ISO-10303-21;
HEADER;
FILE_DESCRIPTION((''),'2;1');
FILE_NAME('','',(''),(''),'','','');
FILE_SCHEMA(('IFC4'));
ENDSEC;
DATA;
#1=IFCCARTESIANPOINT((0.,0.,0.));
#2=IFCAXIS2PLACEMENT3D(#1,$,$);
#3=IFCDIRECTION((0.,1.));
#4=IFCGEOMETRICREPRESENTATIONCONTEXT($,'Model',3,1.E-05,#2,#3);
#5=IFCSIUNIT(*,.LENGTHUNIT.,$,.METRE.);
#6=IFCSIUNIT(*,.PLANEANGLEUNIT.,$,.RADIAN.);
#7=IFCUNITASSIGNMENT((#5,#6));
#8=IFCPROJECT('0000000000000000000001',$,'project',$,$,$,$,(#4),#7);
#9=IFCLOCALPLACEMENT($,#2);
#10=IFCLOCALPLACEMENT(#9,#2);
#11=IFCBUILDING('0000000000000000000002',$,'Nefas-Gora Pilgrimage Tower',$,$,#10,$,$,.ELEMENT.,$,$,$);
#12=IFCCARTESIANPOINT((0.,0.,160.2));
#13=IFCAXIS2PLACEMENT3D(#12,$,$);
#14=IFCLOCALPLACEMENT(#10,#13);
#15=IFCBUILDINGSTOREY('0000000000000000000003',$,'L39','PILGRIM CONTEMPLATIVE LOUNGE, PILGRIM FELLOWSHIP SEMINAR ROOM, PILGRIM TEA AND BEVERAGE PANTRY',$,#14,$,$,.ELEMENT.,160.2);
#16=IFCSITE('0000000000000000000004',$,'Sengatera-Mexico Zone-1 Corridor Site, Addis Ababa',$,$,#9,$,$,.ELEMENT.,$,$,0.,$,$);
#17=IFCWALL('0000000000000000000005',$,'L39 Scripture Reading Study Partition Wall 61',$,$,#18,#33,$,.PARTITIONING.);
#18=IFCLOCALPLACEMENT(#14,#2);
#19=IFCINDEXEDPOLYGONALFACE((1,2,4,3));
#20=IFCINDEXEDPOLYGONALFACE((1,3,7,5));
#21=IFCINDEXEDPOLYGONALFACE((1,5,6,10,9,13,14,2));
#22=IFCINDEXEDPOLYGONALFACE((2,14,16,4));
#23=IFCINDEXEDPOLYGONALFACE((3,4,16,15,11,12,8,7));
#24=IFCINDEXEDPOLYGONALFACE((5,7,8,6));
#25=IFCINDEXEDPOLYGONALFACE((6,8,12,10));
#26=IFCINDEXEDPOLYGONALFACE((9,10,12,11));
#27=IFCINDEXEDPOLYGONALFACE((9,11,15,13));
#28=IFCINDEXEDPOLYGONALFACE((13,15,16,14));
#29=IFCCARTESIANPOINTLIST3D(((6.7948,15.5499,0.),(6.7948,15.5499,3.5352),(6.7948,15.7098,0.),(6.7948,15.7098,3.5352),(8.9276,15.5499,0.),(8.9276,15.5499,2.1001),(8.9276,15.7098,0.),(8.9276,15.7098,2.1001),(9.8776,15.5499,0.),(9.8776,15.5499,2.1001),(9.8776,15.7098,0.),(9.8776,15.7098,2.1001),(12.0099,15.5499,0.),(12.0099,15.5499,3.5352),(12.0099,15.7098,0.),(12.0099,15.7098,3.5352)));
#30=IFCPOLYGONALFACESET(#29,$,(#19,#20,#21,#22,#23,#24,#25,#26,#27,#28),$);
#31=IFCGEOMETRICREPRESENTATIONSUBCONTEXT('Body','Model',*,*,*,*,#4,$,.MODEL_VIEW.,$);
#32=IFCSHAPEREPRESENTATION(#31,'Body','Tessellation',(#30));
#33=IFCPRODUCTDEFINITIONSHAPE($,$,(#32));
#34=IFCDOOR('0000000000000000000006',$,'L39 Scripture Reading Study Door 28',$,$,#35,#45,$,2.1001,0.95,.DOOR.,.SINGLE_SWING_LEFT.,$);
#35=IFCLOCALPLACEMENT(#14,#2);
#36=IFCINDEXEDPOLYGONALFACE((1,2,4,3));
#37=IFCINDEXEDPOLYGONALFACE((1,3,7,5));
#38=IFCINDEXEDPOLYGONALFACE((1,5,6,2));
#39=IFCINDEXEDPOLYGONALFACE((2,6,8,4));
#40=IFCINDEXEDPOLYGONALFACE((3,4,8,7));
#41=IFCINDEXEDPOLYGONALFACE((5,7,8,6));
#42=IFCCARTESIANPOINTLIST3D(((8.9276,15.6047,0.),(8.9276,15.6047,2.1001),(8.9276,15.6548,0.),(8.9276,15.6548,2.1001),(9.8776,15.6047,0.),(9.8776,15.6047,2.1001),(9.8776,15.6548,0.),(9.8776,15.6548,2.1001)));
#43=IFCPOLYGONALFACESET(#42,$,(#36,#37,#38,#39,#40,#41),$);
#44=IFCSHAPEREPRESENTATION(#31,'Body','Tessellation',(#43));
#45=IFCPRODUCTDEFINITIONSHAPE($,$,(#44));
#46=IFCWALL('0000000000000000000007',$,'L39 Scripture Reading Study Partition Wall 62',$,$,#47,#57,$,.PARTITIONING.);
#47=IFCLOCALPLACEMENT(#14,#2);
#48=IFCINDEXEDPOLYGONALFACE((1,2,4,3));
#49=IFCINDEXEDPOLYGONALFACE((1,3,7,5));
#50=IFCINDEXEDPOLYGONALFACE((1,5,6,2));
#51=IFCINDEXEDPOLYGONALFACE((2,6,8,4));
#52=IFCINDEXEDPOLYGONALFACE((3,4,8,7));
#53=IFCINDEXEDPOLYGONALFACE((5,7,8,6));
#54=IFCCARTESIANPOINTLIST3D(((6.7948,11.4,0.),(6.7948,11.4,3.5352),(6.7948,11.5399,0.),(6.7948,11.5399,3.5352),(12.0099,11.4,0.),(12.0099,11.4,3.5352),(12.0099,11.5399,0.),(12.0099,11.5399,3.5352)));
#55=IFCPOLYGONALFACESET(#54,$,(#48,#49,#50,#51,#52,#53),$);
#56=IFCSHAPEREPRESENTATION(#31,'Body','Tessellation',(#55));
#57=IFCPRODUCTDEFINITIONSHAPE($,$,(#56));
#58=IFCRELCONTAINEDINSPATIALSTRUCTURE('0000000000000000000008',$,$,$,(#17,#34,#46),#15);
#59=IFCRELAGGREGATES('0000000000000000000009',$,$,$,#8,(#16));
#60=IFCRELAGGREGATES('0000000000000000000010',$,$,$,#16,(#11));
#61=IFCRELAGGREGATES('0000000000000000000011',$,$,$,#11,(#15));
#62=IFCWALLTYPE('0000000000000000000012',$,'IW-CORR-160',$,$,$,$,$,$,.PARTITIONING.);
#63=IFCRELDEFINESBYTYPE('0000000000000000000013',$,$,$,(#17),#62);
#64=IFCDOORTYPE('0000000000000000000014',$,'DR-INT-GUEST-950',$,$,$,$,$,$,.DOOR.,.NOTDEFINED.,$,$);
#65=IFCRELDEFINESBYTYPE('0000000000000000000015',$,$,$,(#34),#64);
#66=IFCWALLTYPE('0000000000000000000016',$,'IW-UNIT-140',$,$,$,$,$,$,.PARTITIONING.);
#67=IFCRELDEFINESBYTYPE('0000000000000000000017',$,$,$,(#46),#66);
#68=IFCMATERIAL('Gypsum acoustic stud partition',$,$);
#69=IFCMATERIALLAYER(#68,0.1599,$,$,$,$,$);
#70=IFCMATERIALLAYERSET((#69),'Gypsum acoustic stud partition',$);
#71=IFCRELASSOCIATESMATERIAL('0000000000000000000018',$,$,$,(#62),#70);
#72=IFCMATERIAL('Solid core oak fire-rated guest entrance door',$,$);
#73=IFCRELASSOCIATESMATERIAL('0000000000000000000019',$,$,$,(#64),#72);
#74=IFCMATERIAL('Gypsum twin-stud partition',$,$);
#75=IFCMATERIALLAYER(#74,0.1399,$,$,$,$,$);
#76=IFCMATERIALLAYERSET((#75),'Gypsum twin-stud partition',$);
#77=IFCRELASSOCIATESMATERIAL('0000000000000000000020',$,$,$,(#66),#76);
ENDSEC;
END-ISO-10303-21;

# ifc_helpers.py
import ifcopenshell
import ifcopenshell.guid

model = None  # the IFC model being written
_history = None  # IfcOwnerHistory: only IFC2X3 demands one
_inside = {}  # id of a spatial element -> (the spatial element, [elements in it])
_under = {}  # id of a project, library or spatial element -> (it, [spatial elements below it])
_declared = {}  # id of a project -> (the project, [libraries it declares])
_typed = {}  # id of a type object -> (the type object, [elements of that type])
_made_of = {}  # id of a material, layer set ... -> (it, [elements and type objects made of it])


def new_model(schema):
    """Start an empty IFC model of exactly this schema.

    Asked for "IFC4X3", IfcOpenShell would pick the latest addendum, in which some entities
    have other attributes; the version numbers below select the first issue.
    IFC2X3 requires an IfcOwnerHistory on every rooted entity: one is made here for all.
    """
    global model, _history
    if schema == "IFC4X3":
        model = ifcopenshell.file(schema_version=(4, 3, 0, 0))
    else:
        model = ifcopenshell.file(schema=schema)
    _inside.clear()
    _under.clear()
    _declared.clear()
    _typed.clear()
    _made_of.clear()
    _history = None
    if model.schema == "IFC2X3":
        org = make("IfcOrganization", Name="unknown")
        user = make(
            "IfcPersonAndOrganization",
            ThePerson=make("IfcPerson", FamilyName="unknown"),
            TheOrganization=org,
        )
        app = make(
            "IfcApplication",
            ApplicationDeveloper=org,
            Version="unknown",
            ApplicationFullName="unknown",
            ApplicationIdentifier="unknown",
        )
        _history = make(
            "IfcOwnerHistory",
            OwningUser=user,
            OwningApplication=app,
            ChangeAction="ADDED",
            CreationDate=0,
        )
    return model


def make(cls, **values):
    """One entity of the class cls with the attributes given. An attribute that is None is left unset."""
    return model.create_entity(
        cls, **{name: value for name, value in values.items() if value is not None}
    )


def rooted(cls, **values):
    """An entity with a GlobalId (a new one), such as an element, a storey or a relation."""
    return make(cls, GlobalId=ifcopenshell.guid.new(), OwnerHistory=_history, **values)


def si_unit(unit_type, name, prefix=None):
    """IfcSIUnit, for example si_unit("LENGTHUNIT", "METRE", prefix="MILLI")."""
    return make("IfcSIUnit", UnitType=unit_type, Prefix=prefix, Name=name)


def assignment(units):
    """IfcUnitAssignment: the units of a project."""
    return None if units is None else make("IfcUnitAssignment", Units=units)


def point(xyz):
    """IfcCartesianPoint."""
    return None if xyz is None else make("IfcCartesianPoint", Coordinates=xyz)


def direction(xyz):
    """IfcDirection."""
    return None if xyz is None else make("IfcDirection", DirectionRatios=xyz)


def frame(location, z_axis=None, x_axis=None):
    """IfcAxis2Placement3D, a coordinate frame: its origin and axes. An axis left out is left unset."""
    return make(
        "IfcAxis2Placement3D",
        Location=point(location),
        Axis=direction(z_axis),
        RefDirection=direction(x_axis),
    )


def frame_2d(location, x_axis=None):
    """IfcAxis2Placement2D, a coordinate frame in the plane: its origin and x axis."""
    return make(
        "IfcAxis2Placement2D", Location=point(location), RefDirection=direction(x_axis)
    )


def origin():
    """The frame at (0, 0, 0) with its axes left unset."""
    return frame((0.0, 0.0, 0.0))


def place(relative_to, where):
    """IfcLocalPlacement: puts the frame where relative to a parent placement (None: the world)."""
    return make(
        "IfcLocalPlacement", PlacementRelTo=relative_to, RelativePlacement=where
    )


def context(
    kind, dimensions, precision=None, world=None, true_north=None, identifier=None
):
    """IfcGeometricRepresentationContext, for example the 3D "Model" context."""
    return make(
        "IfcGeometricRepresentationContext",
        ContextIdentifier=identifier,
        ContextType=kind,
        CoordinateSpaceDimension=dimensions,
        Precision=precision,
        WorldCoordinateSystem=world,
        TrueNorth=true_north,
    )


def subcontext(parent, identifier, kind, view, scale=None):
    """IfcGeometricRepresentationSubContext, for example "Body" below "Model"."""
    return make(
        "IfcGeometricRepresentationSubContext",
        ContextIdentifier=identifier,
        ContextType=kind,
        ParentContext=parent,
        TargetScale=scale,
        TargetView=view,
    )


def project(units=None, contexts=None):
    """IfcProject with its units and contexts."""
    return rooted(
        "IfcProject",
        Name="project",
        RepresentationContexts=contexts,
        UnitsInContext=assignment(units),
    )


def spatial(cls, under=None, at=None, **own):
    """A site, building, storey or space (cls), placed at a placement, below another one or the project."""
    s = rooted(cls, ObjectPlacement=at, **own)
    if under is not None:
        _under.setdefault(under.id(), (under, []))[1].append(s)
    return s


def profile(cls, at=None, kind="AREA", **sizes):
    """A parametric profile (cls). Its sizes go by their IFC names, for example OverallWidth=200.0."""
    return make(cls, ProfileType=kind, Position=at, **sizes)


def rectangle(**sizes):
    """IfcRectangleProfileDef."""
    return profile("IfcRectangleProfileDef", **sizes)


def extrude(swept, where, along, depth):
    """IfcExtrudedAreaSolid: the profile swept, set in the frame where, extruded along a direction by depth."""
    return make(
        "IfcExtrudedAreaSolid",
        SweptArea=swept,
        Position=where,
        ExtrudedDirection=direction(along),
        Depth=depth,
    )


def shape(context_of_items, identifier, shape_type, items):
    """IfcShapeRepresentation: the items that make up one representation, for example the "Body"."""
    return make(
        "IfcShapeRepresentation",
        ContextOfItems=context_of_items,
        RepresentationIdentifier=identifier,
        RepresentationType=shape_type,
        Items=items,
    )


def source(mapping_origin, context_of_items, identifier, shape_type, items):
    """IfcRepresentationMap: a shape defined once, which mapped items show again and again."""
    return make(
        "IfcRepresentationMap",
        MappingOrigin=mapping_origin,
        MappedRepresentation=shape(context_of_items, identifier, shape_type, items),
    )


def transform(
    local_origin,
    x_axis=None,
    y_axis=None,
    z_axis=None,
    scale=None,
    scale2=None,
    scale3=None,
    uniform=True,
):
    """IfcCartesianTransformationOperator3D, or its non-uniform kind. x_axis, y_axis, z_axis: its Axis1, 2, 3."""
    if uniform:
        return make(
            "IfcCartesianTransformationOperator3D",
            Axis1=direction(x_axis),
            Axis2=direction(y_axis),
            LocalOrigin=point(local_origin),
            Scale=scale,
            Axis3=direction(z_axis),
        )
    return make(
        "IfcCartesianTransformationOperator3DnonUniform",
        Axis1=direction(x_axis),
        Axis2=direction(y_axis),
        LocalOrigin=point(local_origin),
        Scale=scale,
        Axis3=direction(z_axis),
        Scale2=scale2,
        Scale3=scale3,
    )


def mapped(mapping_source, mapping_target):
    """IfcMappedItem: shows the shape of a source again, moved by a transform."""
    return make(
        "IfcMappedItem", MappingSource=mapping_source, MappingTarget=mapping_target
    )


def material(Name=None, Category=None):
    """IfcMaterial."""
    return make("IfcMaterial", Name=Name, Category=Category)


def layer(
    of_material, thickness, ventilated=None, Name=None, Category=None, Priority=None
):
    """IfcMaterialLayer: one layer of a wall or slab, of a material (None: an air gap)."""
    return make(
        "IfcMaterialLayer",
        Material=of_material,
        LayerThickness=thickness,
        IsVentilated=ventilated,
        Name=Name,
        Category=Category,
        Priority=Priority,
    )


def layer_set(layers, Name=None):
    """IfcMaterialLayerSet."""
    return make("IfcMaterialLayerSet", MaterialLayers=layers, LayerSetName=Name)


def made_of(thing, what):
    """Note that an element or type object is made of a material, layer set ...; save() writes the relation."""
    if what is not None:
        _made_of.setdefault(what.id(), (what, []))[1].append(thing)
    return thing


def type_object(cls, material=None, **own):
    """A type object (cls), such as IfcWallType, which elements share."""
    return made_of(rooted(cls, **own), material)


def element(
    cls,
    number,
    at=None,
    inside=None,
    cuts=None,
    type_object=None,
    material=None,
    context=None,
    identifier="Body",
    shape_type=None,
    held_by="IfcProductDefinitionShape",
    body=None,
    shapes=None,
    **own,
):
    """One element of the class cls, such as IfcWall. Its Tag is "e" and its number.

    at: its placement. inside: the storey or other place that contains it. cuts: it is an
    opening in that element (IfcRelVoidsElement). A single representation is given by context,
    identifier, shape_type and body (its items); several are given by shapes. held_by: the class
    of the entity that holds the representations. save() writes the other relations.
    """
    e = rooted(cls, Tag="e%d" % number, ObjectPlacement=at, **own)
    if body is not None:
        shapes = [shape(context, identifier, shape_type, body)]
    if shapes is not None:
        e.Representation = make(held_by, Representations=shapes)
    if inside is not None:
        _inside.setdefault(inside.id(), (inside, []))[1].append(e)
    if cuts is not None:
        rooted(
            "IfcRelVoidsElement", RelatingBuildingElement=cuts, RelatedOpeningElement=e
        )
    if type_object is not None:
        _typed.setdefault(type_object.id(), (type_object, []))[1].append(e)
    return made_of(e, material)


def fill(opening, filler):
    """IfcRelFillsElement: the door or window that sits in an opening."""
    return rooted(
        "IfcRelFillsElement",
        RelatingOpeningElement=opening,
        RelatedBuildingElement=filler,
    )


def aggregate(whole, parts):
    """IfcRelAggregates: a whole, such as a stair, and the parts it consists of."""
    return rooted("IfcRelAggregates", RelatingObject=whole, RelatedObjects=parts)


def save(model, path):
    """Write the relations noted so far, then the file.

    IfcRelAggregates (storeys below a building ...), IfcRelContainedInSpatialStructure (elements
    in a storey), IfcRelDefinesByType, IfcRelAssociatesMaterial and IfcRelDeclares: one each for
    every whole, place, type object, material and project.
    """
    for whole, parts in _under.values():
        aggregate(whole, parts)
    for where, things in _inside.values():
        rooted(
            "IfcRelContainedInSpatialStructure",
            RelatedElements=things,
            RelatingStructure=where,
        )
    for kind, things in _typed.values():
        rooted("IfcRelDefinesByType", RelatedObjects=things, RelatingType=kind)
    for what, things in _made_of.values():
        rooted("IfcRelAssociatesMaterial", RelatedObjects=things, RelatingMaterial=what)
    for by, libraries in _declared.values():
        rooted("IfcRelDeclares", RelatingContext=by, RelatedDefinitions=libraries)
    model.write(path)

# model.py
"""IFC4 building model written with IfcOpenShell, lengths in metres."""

from ifc_helpers import new_model, si_unit, direction, frame, frame_2d, origin, place, context, subcontext, project, spatial, rectangle, extrude, source, transform, mapped, material, layer, layer_set, type_object, element, fill, save


model = new_model("IFC4")

# Units and contexts
model_context = context("Model", 3, precision=1e-05, world=origin(), true_north=direction((0.0, 1.0)))
body_context = subcontext(model_context, "Body", "Model", "MODEL_VIEW")
ifc_project = project(units=[si_unit("LENGTHUNIT", "METRE"), si_unit("PLANEANGLEUNIT", "RADIAN")], contexts=[model_context])

# Site, building, storey
site_placement = place(None, origin())
site = spatial("IfcSite", under=ifc_project, at=site_placement, Name="Sengatera-Mexico Zone-1 Corridor Site, Addis Ababa", CompositionType="ELEMENT", RefElevation=0.0)
building_placement = place(site_placement, origin())
building = spatial("IfcBuilding", under=site, at=building_placement, Name="Nefas-Gora Pilgrimage Tower", CompositionType="ELEMENT")
storey_placement = place(building_placement, frame((0.0, 0.0, 160.2)))
storey = spatial("IfcBuildingStorey", under=building, at=storey_placement, Name="L39", Description="PILGRIM CONTEMPLATIVE LOUNGE, PILGRIM FELLOWSHIP SEMINAR ROOM, PILGRIM TEA AND BEVERAGE PANTRY", CompositionType="ELEMENT", Elevation=160.2)

# Shared definitions
ifc_material_1 = material(Name="Gypsum acoustic stud partition")
ifc_layer_1 = layer(ifc_material_1, 0.1599)
ifc_layer_set_1 = layer_set([ifc_layer_1], Name="Gypsum acoustic stud partition")
wall_type_1 = type_object("IfcWallType", Name="IW-CORR-160", PredefinedType="PARTITIONING", material=ifc_layer_set_1)
ifc_material_2 = material(Name="Solid core oak fire-rated guest entrance door")
door_type_1 = type_object("IfcDoorType", Name="DR-INT-GUEST-950", OperationType="NOTDEFINED", PredefinedType="DOOR", material=ifc_material_2)
shared_shape_1 = source(origin(), body_context, "Body", "SweptSolid", [
    extrude(rectangle(XDim=0.95, YDim=2.1001, at=frame_2d((0.4751, 1.05))), frame((0.0, 0.0249, 0.0), z_axis=(0.0, -1.0, 0.0), x_axis=(1.0, 0.0, 0.0)), (0.0, 0.0, 1.0), 0.05),
])

# Shared definitions
ifc_material_3 = material(Name="Gypsum twin-stud partition")
ifc_layer_2 = layer(ifc_material_3, 0.1399)
ifc_layer_set_2 = layer_set([ifc_layer_2], Name="Gypsum twin-stud partition")
wall_type_2 = type_object("IfcWallType", Name="IW-UNIT-140", PredefinedType="PARTITIONING", material=ifc_layer_set_2)

# Wall, opening, door
shared_shape_2 = source(origin(), body_context, "Body", "SweptSolid", [
    extrude(rectangle(XDim=5.2151, YDim=0.1599, at=frame_2d((2.6074, 0.0))), origin(), (0.0, 0.0, 1.0), 3.5352),
])
wall_1_placement = place(storey_placement, frame((6.7949, 15.6299, 0.0), z_axis=(0.0, 0.0, 1.0), x_axis=(1.0, 0.0, 0.0)))
wall_1 = element("IfcWall", 1, at=wall_1_placement, inside=storey, type_object=wall_type_1, Name="L39 Scripture Reading Study Partition Wall 61", PredefinedType="PARTITIONING", context=body_context, shape_type="MappedRepresentation", body=[
    mapped(shared_shape_2, transform((0.0, 0.0, 0.0), x_axis=(1.0, 0.0, 0.0), y_axis=(0.0, 1.0, 0.0), z_axis=(0.0, 0.0, 1.0), scale=1.0)),
])
opening_1_placement = place(wall_1_placement, frame((2.1326, 0.0, 0.0)))
opening_1 = element("IfcOpeningElement", 2, at=opening_1_placement, cuts=wall_1, PredefinedType="OPENING", context=body_context, shape_type="SweptSolid", body=[
    extrude(rectangle(XDim=0.95, YDim=2.1001, at=frame_2d((0.4751, 1.05))), frame((0.0, 0.0898, 0.0), z_axis=(0.0, -1.0, 0.0), x_axis=(1.0, 0.0, 0.0)), (0.0, 0.0, 1.0), 0.1799),
])
door_1_placement = place(opening_1_placement, origin())
door_1 = element("IfcDoor", 3, at=door_1_placement, inside=storey, type_object=door_type_1, Name="L39 Scripture Reading Study Door 28", OperationType="SINGLE_SWING_LEFT", OverallHeight=2.1001, OverallWidth=0.95, PredefinedType="DOOR", context=body_context, shape_type="MappedRepresentation", body=[
    mapped(shared_shape_1, transform((0.0, 0.0, 0.0), x_axis=(1.0, 0.0, 0.0), y_axis=(0.0, 1.0, 0.0), z_axis=(0.0, 0.0, 1.0), scale=1.0)),
])
fill(opening_1, door_1)

# Wall
shared_shape_3 = source(origin(), body_context, "Body", "SweptSolid", [
    extrude(rectangle(XDim=5.2151, YDim=0.1399, at=frame_2d((2.6074, 0.0))), origin(), (0.0, 0.0, 1.0), 3.5352),
])
wall_2_placement = place(storey_placement, frame((6.7949, 11.47, 0.0), z_axis=(0.0, 0.0, 1.0), x_axis=(1.0, 0.0, 0.0)))
element("IfcWall", 4, at=wall_2_placement, inside=storey, type_object=wall_type_2, Name="L39 Scripture Reading Study Partition Wall 62", PredefinedType="PARTITIONING", context=body_context, shape_type="MappedRepresentation", body=[
    mapped(shared_shape_3, transform((0.0, 0.0, 0.0), x_axis=(1.0, 0.0, 0.0), y_axis=(0.0, 1.0, 0.0), z_axis=(0.0, 0.0, 1.0), scale=1.0)),
])

save(model, "model.ifc")
